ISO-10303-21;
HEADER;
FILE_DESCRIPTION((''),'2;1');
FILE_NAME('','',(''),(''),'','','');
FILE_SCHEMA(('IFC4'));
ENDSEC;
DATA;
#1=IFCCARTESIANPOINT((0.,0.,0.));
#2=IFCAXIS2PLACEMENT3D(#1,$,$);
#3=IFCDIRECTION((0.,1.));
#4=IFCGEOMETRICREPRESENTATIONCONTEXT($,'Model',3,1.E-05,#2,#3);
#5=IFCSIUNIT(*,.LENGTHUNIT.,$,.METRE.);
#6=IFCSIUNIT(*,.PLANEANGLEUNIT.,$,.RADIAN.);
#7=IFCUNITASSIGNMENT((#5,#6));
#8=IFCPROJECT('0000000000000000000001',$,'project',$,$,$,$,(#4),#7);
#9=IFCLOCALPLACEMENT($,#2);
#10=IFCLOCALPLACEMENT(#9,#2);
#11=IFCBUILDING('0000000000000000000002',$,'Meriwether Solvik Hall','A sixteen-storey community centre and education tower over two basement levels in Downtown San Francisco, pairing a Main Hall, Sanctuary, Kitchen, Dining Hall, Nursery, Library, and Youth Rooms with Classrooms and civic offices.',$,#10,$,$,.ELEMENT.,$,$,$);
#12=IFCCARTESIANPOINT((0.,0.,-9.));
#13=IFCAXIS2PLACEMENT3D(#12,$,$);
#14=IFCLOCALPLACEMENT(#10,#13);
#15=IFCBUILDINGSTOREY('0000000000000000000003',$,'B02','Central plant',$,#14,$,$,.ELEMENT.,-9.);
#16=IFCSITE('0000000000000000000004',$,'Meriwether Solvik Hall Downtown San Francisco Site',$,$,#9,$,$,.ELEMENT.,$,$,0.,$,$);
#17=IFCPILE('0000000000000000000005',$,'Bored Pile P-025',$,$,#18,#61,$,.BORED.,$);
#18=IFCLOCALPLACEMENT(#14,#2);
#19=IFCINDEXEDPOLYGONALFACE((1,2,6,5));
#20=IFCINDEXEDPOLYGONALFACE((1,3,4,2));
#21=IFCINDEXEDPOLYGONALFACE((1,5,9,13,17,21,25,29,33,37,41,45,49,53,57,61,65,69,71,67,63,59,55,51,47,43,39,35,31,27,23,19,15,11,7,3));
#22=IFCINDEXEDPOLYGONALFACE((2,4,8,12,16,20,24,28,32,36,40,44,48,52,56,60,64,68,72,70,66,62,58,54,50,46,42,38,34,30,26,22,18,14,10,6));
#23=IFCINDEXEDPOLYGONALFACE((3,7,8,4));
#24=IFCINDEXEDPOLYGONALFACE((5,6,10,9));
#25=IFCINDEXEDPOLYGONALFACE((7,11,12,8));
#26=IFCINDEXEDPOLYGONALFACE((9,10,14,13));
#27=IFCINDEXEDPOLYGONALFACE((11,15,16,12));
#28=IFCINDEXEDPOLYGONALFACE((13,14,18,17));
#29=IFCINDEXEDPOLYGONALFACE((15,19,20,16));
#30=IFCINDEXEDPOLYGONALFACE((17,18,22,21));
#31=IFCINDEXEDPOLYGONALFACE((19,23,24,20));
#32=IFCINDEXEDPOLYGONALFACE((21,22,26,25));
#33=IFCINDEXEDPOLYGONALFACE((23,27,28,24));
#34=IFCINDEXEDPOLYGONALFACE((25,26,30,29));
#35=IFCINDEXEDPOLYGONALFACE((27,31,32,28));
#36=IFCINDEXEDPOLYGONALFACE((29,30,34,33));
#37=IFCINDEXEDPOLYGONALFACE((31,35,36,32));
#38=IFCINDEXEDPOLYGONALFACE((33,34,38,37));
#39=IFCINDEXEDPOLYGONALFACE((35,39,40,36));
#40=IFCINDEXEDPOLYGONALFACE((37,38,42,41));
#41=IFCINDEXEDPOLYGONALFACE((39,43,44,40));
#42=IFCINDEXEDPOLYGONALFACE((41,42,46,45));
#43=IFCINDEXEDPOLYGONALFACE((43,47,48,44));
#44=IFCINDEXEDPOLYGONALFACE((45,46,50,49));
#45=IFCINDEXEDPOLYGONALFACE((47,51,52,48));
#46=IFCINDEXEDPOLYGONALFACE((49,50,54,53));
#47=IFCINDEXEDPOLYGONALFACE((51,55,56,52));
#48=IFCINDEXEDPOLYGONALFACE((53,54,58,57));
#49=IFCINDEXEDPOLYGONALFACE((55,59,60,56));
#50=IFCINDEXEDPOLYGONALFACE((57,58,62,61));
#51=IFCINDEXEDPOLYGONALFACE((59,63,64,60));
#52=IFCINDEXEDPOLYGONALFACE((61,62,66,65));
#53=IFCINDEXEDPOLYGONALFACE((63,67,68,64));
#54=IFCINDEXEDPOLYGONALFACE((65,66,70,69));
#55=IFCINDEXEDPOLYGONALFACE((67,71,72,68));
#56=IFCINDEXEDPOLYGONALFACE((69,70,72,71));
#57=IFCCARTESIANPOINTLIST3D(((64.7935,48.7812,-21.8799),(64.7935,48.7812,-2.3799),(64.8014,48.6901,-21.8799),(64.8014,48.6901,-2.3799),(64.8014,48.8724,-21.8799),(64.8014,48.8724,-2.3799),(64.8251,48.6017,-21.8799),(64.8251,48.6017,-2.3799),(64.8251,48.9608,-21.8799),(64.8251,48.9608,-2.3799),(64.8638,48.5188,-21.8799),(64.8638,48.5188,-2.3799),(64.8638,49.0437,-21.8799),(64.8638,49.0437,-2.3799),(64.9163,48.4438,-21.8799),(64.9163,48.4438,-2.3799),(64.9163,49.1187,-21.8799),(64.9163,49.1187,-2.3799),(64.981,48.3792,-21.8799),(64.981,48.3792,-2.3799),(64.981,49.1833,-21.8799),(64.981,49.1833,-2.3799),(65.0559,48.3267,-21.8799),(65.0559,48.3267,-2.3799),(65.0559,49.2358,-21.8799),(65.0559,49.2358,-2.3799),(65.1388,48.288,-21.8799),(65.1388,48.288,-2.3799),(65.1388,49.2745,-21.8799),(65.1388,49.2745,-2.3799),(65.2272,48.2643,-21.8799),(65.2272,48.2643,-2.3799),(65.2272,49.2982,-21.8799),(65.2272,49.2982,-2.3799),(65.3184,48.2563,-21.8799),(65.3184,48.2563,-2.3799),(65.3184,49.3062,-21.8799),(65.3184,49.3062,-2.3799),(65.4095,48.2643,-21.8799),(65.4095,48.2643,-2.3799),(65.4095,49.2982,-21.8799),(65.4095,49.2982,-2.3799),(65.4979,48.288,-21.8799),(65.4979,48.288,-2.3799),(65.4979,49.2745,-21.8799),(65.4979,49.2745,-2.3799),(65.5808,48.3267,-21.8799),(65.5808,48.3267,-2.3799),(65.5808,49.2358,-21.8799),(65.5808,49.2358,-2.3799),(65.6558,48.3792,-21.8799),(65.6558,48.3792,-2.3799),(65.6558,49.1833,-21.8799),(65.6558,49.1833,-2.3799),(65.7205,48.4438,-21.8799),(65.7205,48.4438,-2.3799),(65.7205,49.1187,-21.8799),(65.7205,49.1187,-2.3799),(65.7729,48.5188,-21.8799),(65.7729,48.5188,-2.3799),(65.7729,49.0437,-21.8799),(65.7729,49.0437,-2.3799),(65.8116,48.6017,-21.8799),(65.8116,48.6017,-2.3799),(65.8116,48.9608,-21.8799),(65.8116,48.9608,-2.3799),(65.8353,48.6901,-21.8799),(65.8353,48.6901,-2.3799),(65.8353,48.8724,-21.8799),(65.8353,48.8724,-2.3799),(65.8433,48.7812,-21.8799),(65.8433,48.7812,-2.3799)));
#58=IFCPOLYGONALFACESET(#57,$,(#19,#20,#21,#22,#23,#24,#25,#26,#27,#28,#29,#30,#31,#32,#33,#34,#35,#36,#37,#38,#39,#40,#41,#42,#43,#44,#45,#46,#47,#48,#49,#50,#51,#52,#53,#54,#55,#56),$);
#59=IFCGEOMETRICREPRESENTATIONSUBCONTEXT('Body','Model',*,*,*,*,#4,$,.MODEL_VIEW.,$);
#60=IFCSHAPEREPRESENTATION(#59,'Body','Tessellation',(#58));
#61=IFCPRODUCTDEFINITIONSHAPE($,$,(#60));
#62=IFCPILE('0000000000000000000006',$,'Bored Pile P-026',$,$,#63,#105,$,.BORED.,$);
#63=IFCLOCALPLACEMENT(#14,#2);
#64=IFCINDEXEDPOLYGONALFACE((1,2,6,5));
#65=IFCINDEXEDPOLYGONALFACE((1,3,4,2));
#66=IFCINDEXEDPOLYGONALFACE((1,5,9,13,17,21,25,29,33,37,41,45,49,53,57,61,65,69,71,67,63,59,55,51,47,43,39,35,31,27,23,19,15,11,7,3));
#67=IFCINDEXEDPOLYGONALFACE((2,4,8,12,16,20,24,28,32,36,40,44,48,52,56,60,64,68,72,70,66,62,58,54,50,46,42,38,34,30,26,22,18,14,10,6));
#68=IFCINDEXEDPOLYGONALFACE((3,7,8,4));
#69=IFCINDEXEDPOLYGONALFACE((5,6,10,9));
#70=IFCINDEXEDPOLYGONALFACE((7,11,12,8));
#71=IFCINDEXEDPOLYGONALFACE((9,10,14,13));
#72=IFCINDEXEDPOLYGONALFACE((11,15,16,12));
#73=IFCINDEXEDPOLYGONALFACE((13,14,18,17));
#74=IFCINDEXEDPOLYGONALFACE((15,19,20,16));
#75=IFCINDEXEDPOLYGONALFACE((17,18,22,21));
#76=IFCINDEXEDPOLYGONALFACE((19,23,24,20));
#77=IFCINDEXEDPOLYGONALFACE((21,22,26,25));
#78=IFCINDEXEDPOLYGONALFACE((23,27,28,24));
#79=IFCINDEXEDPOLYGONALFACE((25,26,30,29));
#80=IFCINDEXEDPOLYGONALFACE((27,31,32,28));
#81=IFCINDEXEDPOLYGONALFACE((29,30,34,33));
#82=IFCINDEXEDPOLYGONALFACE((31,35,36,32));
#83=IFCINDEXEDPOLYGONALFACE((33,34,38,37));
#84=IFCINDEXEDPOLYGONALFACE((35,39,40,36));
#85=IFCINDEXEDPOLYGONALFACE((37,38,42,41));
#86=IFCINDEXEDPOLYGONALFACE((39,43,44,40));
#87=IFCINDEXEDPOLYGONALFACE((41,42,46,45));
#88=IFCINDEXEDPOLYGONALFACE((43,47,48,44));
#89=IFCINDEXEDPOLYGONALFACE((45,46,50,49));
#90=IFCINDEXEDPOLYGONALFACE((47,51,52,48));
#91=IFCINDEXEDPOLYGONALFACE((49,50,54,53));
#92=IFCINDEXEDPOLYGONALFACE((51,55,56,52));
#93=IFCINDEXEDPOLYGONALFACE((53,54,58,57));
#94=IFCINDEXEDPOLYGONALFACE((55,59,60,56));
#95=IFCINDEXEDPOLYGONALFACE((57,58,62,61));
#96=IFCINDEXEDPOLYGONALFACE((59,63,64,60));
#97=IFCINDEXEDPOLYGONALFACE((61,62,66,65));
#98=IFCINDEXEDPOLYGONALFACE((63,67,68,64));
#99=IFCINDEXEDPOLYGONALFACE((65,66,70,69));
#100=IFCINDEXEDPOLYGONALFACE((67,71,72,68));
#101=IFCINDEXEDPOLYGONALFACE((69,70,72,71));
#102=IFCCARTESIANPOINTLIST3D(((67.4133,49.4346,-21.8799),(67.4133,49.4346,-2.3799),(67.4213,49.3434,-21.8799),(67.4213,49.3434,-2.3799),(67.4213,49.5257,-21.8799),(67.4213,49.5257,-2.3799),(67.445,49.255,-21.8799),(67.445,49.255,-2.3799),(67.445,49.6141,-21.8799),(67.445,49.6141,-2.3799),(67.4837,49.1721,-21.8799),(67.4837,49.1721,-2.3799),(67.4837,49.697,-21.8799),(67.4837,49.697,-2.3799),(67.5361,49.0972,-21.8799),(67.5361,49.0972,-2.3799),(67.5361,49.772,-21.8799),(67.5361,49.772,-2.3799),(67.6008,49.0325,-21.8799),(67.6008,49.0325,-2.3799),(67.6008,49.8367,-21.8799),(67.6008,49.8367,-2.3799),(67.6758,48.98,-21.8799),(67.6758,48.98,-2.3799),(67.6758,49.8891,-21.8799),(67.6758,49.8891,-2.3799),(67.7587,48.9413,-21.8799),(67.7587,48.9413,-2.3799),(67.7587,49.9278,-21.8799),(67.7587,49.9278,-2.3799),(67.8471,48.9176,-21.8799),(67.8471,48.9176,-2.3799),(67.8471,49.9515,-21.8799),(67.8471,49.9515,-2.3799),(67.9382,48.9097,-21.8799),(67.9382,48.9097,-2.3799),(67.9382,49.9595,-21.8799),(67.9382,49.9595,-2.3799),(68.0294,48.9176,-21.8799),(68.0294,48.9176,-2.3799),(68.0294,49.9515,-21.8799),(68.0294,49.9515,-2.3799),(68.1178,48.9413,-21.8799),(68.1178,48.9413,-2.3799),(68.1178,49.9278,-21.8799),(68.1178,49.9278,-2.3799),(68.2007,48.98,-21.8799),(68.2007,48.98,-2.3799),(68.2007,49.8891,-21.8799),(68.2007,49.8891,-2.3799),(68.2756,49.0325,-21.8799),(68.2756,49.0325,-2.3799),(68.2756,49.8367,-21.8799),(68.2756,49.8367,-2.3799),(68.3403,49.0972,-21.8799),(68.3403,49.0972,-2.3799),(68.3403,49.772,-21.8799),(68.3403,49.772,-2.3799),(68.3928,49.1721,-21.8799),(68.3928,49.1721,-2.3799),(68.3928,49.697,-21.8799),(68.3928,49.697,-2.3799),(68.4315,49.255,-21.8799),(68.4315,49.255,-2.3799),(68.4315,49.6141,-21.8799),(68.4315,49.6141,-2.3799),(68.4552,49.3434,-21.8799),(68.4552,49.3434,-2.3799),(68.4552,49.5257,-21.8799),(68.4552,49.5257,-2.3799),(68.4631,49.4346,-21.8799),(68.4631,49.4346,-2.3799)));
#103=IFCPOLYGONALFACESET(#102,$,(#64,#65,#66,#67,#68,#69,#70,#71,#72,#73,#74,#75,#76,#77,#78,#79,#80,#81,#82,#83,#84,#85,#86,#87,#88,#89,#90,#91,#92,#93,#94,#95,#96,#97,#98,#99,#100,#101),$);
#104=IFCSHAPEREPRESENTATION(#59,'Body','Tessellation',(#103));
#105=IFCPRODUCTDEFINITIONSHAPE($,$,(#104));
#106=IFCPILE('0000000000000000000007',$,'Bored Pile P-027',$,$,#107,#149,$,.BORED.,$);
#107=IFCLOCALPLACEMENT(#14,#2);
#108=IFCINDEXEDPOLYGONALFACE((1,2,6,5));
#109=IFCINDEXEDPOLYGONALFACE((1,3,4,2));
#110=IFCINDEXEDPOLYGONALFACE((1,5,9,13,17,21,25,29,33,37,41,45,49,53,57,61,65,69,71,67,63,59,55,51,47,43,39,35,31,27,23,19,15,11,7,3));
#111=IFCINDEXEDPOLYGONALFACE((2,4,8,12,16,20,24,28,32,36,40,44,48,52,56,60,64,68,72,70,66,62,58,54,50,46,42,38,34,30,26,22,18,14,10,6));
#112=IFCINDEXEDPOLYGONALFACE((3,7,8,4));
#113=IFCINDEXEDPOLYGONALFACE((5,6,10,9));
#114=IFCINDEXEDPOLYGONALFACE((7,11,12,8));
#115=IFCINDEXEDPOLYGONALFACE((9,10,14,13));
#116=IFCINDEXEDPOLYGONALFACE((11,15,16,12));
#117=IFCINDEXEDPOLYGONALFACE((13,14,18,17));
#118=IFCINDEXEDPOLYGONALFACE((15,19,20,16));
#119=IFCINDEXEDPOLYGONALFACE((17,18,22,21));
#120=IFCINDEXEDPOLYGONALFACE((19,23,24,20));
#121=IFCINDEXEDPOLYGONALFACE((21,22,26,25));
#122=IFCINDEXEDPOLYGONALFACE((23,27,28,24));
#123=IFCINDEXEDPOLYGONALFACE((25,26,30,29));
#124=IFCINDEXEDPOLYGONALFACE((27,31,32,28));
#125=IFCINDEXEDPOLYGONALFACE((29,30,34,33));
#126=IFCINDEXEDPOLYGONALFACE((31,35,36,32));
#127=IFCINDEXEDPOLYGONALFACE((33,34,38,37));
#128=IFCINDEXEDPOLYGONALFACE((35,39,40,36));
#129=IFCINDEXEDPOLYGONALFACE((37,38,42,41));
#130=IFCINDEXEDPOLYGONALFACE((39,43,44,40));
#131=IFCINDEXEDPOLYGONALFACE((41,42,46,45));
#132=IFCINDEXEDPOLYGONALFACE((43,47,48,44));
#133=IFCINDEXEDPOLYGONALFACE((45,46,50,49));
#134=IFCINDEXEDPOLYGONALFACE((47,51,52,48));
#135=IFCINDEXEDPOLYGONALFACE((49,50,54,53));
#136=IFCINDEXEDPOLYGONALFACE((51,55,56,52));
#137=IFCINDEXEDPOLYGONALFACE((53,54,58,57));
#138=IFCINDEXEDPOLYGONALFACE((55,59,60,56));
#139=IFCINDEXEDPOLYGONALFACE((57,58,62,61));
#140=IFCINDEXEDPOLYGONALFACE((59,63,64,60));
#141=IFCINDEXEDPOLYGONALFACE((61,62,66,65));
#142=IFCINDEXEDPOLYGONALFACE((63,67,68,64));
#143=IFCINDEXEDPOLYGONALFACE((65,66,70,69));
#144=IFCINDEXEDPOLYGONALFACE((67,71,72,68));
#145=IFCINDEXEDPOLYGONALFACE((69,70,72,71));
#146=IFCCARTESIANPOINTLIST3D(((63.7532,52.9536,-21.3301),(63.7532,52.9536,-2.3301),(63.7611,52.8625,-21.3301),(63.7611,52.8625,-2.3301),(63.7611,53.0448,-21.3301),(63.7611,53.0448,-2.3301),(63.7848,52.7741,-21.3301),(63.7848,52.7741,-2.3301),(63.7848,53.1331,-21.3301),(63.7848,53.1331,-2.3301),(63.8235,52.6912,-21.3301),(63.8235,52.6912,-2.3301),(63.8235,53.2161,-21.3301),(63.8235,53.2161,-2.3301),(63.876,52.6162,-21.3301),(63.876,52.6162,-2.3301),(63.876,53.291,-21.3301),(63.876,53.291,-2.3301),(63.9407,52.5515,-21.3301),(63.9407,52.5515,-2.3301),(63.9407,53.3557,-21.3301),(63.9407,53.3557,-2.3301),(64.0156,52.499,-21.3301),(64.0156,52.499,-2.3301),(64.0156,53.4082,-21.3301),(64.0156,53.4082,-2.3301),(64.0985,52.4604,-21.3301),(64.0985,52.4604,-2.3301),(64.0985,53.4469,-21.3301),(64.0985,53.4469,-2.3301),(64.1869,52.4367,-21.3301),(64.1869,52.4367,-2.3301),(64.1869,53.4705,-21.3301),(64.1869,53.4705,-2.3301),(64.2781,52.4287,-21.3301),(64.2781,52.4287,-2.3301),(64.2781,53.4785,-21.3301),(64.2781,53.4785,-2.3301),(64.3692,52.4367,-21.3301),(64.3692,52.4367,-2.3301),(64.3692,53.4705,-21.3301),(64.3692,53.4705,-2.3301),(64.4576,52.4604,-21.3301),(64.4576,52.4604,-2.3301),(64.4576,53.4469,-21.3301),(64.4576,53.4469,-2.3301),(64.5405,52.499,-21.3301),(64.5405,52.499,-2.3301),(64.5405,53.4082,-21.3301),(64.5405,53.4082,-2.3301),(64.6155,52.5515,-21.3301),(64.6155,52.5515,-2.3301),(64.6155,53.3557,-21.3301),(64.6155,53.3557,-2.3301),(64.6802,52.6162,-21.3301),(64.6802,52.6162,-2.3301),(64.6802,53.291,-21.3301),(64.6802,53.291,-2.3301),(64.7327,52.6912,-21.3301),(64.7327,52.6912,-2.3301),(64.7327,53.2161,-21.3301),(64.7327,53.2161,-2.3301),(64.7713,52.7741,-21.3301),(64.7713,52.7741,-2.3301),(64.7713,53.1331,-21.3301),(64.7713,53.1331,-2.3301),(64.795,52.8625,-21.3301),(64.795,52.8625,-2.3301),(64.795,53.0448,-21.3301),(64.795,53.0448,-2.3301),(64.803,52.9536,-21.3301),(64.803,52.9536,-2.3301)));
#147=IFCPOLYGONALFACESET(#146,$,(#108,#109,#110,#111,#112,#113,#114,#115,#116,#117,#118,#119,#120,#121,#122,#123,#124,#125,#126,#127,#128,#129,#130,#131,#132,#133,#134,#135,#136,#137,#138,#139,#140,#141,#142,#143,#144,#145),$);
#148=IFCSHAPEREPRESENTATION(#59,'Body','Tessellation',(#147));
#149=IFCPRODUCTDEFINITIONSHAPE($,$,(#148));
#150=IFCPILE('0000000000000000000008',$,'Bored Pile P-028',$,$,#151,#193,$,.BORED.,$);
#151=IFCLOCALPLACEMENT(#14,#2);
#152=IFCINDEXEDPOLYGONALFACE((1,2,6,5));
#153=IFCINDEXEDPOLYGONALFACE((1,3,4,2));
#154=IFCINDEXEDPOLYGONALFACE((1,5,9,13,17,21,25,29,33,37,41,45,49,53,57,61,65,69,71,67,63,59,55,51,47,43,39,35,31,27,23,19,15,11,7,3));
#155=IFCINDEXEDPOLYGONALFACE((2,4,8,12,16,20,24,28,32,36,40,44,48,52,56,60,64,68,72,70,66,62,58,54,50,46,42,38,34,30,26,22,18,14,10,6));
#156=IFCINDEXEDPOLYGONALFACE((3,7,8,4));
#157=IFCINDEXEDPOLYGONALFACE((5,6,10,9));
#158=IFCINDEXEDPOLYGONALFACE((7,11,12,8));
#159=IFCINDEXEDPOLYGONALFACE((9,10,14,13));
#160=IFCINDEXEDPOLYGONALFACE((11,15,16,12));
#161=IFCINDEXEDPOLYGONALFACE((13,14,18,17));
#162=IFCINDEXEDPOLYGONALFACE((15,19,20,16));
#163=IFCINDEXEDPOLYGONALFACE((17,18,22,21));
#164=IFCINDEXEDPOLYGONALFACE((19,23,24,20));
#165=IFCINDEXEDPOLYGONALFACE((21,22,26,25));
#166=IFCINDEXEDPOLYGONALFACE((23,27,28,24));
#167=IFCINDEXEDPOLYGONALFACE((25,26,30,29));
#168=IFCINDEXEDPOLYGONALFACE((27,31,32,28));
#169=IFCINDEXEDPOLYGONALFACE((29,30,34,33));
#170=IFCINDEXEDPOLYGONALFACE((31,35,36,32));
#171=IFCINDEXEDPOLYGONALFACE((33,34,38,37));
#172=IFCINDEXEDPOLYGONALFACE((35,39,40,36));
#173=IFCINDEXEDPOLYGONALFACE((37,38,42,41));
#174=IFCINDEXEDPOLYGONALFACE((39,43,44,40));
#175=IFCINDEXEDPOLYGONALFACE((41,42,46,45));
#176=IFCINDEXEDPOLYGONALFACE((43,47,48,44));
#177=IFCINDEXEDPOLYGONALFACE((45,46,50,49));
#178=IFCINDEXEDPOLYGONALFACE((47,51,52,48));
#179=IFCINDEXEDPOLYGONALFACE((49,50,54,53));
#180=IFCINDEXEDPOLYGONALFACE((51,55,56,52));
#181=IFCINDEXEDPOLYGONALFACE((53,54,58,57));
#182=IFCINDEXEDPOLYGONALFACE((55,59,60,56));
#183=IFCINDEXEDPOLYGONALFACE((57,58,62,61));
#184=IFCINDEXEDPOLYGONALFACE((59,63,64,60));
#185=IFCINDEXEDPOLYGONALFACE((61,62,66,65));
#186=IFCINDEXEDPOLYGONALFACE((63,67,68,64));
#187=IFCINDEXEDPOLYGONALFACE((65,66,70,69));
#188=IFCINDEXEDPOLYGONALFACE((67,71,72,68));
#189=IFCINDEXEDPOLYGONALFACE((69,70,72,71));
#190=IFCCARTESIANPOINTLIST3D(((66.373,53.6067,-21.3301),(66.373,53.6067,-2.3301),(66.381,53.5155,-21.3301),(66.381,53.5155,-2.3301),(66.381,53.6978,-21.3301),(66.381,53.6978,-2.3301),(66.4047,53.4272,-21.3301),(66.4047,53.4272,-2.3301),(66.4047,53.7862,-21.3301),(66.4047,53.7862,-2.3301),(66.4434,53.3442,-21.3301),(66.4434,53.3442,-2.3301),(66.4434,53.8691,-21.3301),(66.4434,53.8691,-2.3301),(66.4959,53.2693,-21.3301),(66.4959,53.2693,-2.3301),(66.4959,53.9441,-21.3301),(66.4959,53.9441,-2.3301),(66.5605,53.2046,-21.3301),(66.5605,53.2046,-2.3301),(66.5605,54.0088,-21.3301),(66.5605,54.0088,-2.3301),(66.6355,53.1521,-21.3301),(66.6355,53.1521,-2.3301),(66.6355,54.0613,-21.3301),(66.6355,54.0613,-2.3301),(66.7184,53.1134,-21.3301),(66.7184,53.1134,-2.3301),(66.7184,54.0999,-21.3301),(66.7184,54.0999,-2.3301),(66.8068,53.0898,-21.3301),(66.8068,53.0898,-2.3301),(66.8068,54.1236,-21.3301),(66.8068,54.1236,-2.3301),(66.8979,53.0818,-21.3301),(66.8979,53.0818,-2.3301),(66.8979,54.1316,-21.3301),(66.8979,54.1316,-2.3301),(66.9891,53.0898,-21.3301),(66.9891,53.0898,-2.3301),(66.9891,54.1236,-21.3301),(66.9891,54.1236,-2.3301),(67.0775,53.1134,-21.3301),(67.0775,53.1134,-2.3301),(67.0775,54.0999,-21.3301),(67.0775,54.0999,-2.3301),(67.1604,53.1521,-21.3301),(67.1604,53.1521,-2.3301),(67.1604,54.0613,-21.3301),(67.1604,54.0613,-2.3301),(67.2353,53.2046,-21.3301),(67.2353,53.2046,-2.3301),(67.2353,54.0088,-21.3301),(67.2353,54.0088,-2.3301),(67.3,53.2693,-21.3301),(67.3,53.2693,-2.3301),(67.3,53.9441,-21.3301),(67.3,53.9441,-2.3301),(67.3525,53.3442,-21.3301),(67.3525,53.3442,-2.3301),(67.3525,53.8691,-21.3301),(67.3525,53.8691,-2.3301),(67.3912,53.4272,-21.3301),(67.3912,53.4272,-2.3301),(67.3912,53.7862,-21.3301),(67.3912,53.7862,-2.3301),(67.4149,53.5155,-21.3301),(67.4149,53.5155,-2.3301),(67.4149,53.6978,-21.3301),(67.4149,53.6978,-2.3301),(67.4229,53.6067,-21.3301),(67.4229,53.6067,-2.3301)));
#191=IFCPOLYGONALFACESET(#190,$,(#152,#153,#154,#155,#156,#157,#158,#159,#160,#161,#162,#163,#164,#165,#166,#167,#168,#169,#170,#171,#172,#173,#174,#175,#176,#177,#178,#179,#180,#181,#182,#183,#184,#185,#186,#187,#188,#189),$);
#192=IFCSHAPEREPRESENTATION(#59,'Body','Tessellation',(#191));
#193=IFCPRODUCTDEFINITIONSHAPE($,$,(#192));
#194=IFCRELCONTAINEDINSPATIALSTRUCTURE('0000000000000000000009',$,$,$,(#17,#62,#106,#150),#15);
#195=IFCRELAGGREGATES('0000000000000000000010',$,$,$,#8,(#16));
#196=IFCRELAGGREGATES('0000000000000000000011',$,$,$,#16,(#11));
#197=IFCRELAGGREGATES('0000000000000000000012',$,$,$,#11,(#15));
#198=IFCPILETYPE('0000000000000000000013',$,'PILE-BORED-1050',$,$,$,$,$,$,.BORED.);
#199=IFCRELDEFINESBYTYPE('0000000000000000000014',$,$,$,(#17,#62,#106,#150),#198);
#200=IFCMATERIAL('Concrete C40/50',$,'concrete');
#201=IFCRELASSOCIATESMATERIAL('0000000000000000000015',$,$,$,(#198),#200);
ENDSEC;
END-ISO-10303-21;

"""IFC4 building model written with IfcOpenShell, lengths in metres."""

from ifc_helpers import new_model, si_unit, direction, frame, origin, origin_2d, place, context, subcontext, project, spatial, circle, extrude, material, material_profile, profile_set, type_object, element, save


model = new_model("IFC4")

# Units and contexts
model_context = context("Model", 3, precision=1e-05, world=origin(), true_north=direction((0.0, 1.0)))
body_context = subcontext(model_context, "Body", "Model", "MODEL_VIEW")
ifc_project = project(units=[si_unit("LENGTHUNIT", "METRE"), si_unit("PLANEANGLEUNIT", "RADIAN")], contexts=[model_context])

# Site, building, storey
site_placement = place(None, origin())
site = spatial("IfcSite", under=ifc_project, at=site_placement, Name="Meriwether Solvik Hall Downtown San Francisco Site", CompositionType="ELEMENT", RefElevation=0.0)
building_placement = place(site_placement, origin())
building = spatial("IfcBuilding", under=site, at=building_placement, Name="Meriwether Solvik Hall", Description="A sixteen-storey community centre and education tower over two basement levels in Downtown San Francisco, pairing a Main Hall, Sanctuary, Kitchen, Dining Hall, Nursery, Library, and Youth Rooms with Classrooms and civic offices.", CompositionType="ELEMENT")
storey_placement = place(building_placement, frame((0.0, 0.0, -9.0)))
storey = spatial("IfcBuildingStorey", under=building, at=storey_placement, Name="B02", Description="Central plant", CompositionType="ELEMENT", Elevation=-9.0)

# Piles
ifc_material_1 = material(Name="Concrete C40/50", Category="concrete")
ifc_material_profile_1 = material_profile(ifc_material_1, circle(Radius=0.5249, at=origin_2d()), Name="PILE-D1050")
ifc_profile_set_1 = profile_set([ifc_material_profile_1], Name="Concrete C40/50")
pile_type_1 = type_object("IfcPileType", Name="PILE-BORED-1050", PredefinedType="BORED", material=ifc_profile_set_1)
for number, where, z_axis, x_axis, name in (
    (1, (65.3184, 48.7812, -2.3799), (0.0, 0.0, -1.0), (1.0, 0.0, 0.0), "Bored Pile P-025"),
    (2, (67.9382, 49.4346, -2.3799), (0.0, 0.0, -1.0), (1.0, 0.0, 0.0), "Bored Pile P-026"),
):
    element("IfcPile", number, at=place(storey_placement, frame(where, z_axis=z_axis, x_axis=x_axis)), inside=storey, type_object=pile_type_1, Name=name, PredefinedType="BORED", context=body_context, shape_type="SweptSolid", body=[
        extrude(circle(Radius=0.5249, at=origin_2d()), origin(), (0.0, 0.0, 1.0), 19.5),
    ])
for number, where, z_axis, x_axis, name in (
    (3, (64.2781, 52.9536, -2.3301), (0.0, 0.0, -1.0), (1.0, 0.0, 0.0), "Bored Pile P-027"),
    (4, (66.8979, 53.6067, -2.3301), (0.0, 0.0, -1.0), (1.0, 0.0, 0.0), "Bored Pile P-028"),
):
    element("IfcPile", number, at=place(storey_placement, frame(where, z_axis=z_axis, x_axis=x_axis)), inside=storey, type_object=pile_type_1, Name=name, PredefinedType="BORED", context=body_context, shape_type="SweptSolid", body=[
        extrude(circle(Radius=0.5249, at=origin_2d()), origin(), (0.0, 0.0, 1.0), 19.0),
    ])

save(model, "model.ifc")
